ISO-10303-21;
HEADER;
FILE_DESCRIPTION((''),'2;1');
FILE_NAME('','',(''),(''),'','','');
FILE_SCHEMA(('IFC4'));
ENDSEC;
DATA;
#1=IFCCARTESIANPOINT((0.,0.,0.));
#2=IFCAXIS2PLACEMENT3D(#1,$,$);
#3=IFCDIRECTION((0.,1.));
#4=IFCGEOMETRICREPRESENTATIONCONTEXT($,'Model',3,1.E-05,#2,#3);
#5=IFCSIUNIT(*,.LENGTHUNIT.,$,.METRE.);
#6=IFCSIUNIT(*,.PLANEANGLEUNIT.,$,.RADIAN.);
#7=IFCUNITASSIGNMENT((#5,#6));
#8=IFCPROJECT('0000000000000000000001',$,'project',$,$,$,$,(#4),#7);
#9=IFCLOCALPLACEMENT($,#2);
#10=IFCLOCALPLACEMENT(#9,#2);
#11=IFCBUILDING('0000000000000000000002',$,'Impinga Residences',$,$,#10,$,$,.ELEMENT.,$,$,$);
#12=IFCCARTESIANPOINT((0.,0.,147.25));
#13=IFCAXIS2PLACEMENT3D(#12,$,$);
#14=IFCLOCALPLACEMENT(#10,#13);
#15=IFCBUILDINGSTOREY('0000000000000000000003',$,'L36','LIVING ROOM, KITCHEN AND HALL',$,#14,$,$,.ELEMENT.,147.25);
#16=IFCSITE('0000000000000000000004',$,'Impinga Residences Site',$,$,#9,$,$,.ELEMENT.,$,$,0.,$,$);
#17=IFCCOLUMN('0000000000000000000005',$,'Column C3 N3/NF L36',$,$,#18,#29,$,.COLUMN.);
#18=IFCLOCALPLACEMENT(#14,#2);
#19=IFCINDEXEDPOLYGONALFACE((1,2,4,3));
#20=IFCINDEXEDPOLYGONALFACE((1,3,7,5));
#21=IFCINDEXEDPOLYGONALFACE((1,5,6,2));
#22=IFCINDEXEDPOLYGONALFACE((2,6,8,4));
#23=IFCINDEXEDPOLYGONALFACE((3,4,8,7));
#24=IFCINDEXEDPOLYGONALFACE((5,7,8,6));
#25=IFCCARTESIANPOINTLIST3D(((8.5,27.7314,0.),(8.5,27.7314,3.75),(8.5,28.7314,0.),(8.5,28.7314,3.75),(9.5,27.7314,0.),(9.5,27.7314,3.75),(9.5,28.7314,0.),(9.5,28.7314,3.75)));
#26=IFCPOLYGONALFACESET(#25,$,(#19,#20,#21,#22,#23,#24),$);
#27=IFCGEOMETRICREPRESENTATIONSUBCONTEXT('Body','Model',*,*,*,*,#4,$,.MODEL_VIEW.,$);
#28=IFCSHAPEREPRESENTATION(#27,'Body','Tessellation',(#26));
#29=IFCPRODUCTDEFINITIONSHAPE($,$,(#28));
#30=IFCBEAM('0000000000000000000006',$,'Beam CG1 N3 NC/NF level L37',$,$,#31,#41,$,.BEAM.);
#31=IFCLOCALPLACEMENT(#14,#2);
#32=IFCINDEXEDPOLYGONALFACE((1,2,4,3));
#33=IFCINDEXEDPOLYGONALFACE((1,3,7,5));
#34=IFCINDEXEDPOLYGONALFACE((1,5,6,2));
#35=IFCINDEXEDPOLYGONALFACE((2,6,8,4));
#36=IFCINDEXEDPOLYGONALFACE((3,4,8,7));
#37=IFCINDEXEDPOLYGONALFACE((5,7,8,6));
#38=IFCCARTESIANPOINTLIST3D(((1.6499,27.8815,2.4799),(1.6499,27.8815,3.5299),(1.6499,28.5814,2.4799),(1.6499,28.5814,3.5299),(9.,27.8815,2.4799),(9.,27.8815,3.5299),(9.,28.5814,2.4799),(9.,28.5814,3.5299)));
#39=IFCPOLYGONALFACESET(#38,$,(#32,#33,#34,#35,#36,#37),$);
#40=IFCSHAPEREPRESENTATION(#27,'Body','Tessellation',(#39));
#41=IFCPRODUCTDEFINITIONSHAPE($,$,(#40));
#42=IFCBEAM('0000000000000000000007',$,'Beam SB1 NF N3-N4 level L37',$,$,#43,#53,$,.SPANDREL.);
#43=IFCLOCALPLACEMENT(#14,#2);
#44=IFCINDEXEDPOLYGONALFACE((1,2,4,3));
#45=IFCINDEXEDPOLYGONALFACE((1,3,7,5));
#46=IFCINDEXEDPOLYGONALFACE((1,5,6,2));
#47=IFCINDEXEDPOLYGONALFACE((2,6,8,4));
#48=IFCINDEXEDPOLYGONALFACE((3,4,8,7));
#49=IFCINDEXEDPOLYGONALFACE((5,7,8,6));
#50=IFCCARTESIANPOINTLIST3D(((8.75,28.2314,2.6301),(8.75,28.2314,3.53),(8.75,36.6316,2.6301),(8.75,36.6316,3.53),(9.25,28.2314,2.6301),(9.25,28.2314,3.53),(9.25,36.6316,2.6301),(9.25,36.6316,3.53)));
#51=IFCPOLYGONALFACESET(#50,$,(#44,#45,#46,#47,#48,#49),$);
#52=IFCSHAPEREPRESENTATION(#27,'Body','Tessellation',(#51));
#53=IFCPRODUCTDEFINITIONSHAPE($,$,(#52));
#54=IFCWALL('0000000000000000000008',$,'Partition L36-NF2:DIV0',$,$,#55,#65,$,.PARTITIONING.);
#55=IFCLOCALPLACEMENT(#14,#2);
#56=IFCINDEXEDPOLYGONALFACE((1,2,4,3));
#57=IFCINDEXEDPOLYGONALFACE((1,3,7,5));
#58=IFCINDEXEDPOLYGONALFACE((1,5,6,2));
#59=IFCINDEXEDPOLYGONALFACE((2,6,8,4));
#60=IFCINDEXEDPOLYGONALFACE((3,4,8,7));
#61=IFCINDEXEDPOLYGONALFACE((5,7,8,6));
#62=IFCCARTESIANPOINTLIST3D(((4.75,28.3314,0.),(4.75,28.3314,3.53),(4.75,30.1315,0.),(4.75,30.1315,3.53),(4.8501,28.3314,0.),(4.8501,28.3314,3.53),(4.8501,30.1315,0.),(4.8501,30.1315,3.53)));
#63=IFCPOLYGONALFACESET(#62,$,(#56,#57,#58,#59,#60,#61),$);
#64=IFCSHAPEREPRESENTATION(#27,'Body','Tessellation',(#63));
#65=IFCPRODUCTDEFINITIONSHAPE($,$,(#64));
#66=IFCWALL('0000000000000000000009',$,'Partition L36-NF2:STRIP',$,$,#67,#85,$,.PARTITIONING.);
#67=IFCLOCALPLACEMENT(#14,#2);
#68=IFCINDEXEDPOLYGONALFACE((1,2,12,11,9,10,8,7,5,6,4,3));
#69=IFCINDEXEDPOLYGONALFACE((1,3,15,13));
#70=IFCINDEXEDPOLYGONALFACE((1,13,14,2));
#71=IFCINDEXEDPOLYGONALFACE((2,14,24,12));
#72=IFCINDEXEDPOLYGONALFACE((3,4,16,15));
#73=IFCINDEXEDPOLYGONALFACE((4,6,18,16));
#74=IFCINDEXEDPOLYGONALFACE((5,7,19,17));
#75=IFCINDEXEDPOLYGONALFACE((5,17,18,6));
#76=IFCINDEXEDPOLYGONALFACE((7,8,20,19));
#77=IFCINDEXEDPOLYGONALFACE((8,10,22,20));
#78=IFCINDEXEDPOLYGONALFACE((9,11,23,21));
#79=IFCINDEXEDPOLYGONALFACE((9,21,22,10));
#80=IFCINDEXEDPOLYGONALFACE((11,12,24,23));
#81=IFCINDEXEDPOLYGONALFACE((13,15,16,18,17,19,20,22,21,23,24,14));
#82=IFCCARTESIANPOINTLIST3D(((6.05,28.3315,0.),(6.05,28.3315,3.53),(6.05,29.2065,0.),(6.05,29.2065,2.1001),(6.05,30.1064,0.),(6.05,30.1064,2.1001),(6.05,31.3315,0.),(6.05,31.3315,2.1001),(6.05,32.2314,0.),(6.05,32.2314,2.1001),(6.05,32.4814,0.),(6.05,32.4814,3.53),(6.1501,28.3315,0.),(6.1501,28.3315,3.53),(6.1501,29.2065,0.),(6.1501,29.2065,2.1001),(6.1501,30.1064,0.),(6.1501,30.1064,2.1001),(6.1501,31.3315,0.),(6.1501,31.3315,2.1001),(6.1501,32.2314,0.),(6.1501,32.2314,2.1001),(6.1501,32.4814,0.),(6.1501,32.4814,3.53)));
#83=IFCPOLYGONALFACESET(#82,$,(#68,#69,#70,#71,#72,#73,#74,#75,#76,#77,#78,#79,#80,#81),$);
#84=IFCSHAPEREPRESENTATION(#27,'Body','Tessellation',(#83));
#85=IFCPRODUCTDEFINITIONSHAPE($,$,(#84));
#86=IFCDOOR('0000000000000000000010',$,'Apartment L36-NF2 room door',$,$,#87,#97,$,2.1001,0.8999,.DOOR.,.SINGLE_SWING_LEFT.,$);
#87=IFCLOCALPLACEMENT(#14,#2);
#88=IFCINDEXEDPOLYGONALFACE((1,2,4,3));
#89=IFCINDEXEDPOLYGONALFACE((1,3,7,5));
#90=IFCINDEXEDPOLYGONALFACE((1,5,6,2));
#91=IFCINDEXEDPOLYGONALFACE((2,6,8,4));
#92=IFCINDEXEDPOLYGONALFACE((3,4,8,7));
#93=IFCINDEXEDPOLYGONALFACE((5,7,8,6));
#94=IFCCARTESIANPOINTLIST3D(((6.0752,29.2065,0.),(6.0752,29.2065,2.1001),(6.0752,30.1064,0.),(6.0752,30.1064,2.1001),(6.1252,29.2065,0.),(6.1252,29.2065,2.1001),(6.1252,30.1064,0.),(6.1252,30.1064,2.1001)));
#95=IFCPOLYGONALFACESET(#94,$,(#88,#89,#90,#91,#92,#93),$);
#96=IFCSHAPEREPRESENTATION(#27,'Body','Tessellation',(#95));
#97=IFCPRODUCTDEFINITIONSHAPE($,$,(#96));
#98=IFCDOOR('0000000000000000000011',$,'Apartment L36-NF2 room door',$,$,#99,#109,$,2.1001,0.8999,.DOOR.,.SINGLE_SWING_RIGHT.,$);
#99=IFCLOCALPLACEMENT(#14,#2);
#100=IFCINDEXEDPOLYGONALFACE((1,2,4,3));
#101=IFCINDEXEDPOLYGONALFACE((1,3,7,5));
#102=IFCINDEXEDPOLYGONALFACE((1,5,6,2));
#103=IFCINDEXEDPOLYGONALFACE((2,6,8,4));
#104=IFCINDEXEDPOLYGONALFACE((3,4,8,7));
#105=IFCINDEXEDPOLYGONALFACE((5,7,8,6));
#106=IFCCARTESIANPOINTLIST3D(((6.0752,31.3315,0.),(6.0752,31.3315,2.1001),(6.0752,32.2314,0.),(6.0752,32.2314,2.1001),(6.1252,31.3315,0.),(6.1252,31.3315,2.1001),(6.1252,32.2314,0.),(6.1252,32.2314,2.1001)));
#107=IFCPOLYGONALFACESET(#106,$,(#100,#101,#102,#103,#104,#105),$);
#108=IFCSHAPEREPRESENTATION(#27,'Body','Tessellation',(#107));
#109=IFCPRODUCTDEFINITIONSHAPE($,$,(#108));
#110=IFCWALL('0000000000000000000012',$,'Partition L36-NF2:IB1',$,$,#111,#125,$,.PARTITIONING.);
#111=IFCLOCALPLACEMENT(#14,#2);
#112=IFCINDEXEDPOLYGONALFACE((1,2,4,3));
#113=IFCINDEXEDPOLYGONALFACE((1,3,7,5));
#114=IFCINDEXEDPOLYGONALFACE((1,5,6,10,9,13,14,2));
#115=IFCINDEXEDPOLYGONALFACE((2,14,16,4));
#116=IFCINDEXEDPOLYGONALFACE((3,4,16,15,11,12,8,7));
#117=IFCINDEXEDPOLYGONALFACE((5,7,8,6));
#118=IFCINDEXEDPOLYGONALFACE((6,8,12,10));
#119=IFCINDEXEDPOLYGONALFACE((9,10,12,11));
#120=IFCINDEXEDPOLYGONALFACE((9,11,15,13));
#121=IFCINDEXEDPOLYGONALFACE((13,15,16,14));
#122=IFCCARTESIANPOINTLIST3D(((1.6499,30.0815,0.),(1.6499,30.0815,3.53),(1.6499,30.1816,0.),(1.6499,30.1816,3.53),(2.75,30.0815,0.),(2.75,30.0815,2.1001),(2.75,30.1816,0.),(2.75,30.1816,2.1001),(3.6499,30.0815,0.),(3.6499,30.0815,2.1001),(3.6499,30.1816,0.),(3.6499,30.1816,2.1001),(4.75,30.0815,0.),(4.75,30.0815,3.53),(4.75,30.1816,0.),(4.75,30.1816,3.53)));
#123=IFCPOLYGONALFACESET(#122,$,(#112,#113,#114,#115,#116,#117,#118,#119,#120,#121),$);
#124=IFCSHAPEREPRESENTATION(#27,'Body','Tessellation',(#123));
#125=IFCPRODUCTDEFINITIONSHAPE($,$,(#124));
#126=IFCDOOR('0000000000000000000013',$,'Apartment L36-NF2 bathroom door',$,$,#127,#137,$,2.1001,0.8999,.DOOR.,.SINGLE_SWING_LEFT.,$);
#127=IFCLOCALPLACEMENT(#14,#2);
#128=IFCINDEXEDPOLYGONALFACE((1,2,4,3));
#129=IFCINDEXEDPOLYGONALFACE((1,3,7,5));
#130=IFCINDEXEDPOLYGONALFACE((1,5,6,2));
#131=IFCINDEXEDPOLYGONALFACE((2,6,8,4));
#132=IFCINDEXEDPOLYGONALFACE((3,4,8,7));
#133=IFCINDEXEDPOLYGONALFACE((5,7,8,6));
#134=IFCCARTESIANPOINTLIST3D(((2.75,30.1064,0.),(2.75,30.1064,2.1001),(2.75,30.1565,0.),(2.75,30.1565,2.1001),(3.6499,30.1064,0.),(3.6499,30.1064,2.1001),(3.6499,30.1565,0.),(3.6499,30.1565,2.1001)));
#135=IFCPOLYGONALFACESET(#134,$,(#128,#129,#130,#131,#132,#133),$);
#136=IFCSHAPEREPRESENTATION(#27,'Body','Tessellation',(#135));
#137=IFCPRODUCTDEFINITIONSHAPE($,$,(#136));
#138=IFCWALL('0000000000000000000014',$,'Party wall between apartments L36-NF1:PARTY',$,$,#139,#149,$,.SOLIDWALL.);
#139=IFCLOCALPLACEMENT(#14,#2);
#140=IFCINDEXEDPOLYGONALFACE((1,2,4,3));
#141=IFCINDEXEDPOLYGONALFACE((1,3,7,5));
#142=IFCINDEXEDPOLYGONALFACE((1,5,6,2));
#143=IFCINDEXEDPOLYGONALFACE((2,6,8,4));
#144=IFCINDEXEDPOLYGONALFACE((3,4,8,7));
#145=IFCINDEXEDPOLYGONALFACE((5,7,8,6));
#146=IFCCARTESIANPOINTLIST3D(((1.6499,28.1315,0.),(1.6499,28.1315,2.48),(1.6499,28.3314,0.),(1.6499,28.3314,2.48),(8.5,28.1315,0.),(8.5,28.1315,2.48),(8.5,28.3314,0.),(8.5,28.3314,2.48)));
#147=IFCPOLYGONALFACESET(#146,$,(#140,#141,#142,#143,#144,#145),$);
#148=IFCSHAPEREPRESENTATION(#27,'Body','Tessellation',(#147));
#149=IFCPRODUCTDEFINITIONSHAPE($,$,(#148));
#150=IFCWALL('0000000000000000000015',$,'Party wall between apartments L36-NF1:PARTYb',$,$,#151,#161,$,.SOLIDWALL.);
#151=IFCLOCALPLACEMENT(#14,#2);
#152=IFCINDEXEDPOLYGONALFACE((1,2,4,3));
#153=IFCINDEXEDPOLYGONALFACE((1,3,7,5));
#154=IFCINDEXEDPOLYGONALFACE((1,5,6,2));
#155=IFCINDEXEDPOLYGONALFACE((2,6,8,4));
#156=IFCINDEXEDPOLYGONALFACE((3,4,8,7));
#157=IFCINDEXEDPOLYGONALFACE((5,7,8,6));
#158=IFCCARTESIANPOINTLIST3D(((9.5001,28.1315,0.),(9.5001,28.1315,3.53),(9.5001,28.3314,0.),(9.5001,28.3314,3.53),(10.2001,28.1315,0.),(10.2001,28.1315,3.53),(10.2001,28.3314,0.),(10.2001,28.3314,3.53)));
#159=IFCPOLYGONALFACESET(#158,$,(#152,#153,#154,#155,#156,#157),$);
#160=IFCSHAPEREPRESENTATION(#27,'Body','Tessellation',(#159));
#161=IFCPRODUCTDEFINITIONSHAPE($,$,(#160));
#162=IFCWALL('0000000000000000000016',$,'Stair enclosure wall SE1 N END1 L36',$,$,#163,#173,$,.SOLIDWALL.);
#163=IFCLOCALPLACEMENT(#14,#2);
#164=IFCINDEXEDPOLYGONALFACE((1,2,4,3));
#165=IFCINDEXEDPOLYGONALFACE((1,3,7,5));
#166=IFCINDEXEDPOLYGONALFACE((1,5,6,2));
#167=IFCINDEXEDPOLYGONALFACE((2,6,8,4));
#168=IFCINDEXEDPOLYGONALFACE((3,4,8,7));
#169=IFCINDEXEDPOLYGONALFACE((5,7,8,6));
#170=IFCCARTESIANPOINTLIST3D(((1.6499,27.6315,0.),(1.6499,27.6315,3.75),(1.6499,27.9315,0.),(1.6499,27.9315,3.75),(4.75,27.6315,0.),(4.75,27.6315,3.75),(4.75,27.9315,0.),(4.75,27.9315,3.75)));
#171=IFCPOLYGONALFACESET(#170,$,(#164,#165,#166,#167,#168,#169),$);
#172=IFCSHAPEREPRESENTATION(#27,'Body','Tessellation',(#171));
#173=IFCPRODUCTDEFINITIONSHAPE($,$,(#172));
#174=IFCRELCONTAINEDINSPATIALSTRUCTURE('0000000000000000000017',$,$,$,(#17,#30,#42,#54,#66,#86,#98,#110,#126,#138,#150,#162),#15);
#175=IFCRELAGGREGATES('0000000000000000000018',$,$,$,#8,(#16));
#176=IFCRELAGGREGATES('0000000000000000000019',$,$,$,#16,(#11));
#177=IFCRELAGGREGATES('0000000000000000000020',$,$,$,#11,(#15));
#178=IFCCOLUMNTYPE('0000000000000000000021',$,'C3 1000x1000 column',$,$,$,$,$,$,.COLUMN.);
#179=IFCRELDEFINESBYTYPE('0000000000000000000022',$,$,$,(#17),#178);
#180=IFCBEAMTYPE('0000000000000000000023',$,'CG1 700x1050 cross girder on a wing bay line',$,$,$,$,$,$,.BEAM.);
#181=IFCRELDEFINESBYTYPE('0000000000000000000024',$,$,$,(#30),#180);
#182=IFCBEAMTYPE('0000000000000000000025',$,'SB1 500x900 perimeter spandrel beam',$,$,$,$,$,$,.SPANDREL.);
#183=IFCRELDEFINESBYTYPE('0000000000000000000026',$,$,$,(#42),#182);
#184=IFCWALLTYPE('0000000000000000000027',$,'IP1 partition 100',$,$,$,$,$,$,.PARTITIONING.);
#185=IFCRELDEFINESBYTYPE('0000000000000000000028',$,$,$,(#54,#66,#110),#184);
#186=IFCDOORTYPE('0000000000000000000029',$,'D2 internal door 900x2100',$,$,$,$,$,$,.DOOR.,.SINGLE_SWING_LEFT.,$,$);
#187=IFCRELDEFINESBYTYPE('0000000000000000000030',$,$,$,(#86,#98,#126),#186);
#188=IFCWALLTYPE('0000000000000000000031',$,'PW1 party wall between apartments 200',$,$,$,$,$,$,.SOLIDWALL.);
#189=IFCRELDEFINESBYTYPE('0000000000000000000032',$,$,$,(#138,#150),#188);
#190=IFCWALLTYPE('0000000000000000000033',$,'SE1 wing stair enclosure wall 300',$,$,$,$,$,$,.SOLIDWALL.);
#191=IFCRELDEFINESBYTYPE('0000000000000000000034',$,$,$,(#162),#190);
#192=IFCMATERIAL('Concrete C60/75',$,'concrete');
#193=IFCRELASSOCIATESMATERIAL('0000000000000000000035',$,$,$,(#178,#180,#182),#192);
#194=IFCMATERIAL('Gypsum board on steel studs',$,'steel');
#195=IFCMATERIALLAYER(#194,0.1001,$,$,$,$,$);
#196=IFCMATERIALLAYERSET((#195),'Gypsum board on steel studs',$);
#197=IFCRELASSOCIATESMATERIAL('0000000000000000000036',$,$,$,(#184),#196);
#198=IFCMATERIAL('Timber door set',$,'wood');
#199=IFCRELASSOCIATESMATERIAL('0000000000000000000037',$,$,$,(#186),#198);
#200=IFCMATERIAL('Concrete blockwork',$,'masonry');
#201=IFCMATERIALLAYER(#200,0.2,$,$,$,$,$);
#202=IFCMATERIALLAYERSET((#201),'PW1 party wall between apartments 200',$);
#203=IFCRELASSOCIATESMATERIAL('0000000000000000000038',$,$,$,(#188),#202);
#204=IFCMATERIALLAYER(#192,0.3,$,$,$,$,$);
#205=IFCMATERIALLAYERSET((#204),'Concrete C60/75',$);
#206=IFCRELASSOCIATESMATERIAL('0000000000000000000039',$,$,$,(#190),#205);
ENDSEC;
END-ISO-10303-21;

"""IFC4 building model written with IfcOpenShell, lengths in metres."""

from ifc_helpers import new_model, si_unit, direction, frame, frame_2d, origin, origin_2d, place, context, subcontext, project, spatial, rectangle, extrude, material, layer, layer_set, material_profile, profile_set, type_object, element, fill, save


model = new_model("IFC4")

# Units and contexts
model_context = context("Model", 3, precision=1e-05, world=origin(), true_north=direction((0.0, 1.0)))
body_context = subcontext(model_context, "Body", "Model", "MODEL_VIEW")
ifc_project = project(units=[si_unit("LENGTHUNIT", "METRE"), si_unit("PLANEANGLEUNIT", "RADIAN")], contexts=[model_context])

# Site, building, storey
site_placement = place(None, origin())
site = spatial("IfcSite", under=ifc_project, at=site_placement, Name="Impinga Residences Site", CompositionType="ELEMENT", RefElevation=0.0)
building_placement = place(site_placement, origin())
building = spatial("IfcBuilding", under=site, at=building_placement, Name="Impinga Residences", CompositionType="ELEMENT")
storey_placement = place(building_placement, frame((0.0, 0.0, 147.25)))
storey = spatial("IfcBuildingStorey", under=building, at=storey_placement, Name="L36", Description="LIVING ROOM, KITCHEN AND HALL", CompositionType="ELEMENT", Elevation=147.25)

# Column
ifc_material_1 = material(Name="Concrete C60/75", Category="concrete")
ifc_material_profile_1 = material_profile(ifc_material_1, rectangle(XDim=1.0, YDim=1.0, at=origin_2d()), Name="RC 1000x1000")
ifc_profile_set_1 = profile_set([ifc_material_profile_1], Name="Concrete C60/75")
column_type = type_object("IfcColumnType", Name="C3 1000x1000 column", PredefinedType="COLUMN", material=ifc_profile_set_1)
column_placement = place(storey_placement, frame((9.0, 28.2314, 0.0), z_axis=(0.0, 0.0, 1.0), x_axis=(1.0, 0.0, 0.0)))
element("IfcColumn", 1, at=column_placement, inside=storey, type_object=column_type, Name="Column C3 N3/NF L36", PredefinedType="COLUMN", context=body_context, shape_type="SweptSolid", body=[
    extrude(rectangle(XDim=1.0, YDim=1.0, at=origin_2d()), origin(), (0.0, 0.0, 1.0), 3.75),
])

# Beams
ifc_material_profile_2 = material_profile(ifc_material_1, rectangle(XDim=0.7, YDim=1.05, at=origin_2d()), Name="RC 700x1050")
ifc_profile_set_2 = profile_set([ifc_material_profile_2], Name="Concrete C60/75")
beam_type_1 = type_object("IfcBeamType", Name="CG1 700x1050 cross girder on a wing bay line", PredefinedType="BEAM", material=ifc_profile_set_2)
beam_1_placement = place(storey_placement, frame((1.6499, 28.2314, 3.0049), z_axis=(1.0, 0.0, 0.0), x_axis=(0.0, 1.0, 0.0)))
element("IfcBeam", 2, at=beam_1_placement, inside=storey, type_object=beam_type_1, Name="Beam CG1 N3 NC/NF level L37", PredefinedType="BEAM", context=body_context, shape_type="SweptSolid", body=[
    extrude(rectangle(XDim=0.7, YDim=1.05, at=origin_2d()), origin(), (0.0, 0.0, 1.0), 7.3501),
])
ifc_material_profile_3 = material_profile(ifc_material_1, rectangle(XDim=0.5, YDim=0.8999, at=origin_2d()), Name="RC 500x900")
ifc_profile_set_3 = profile_set([ifc_material_profile_3], Name="Concrete C60/75")
beam_type_2 = type_object("IfcBeamType", Name="SB1 500x900 perimeter spandrel beam", PredefinedType="SPANDREL", material=ifc_profile_set_3)
beam_2_placement = place(storey_placement, frame((9.0, 28.2314, 3.0801), z_axis=(0.0, 1.0, 0.0), x_axis=(-1.0, 0.0, 0.0)))
element("IfcBeam", 3, at=beam_2_placement, inside=storey, type_object=beam_type_2, Name="Beam SB1 NF N3-N4 level L37", PredefinedType="SPANDREL", context=body_context, shape_type="SweptSolid", body=[
    extrude(rectangle(XDim=0.5, YDim=0.8999, at=origin_2d()), origin(), (0.0, 0.0, 1.0), 8.4001),
])

# Wall
ifc_material_2 = material(Name="Gypsum board on steel studs", Category="steel")
ifc_layer_1 = layer(ifc_material_2, 0.1001)
ifc_layer_set_1 = layer_set([ifc_layer_1], Name="Gypsum board on steel studs")
wall_type_1 = type_object("IfcWallType", Name="IP1 partition 100", PredefinedType="PARTITIONING", material=ifc_layer_set_1)
wall_1_placement = place(storey_placement, frame((4.8, 28.3315, 0.0), z_axis=(0.0, 0.0, 1.0), x_axis=(0.0, 1.0, 0.0)))
element("IfcWall", 4, at=wall_1_placement, inside=storey, type_object=wall_type_1, Name="Partition L36-NF2:DIV0", PredefinedType="PARTITIONING", context=body_context, shape_type="SweptSolid", body=[
    extrude(rectangle(XDim=1.8, YDim=0.1001, at=frame_2d((0.8999, 0.0))), origin(), (0.0, 0.0, 1.0), 3.53),
])

# Wall, openings, doors
wall_2_placement = place(storey_placement, frame((6.1001, 28.3315, 0.0), z_axis=(0.0, 0.0, 1.0), x_axis=(0.0, 1.0, 0.0)))
wall_2 = element("IfcWall", 5, at=wall_2_placement, inside=storey, type_object=wall_type_1, Name="Partition L36-NF2:STRIP", PredefinedType="PARTITIONING", context=body_context, shape_type="SweptSolid", body=[
    extrude(rectangle(XDim=4.1499, YDim=0.1001, at=frame_2d((2.075, 0.0))), origin(), (0.0, 0.0, 1.0), 3.53),
])
opening_1_placement = place(wall_2_placement, frame((0.875, 0.0, 0.0)))
opening_1 = element("IfcOpeningElement", 6, at=opening_1_placement, cuts=wall_2, PredefinedType="OPENING", context=body_context, shape_type="SweptSolid", body=[
    extrude(rectangle(XDim=0.8999, YDim=2.1001, at=frame_2d((0.45, 1.05))), frame((0.0, 0.0601, 0.0), z_axis=(0.0, -1.0, 0.0), x_axis=(1.0, 0.0, 0.0)), (0.0, 0.0, 1.0), 0.1201),
])
opening_2_placement = place(wall_2_placement, frame((3.0, 0.0, 0.0)))
opening_2 = element("IfcOpeningElement", 7, at=opening_2_placement, cuts=wall_2, PredefinedType="OPENING", context=body_context, shape_type="SweptSolid", body=[
    extrude(rectangle(XDim=0.8999, YDim=2.1001, at=frame_2d((0.45, 1.05))), frame((0.0, 0.0601, 0.0), z_axis=(0.0, -1.0, 0.0), x_axis=(1.0, 0.0, 0.0)), (0.0, 0.0, 1.0), 0.1201),
])
ifc_material_3 = material(Name="Timber door set", Category="wood")
door_type = type_object("IfcDoorType", Name="D2 internal door 900x2100", OperationType="SINGLE_SWING_LEFT", PredefinedType="DOOR", material=ifc_material_3)
door_1_placement = place(opening_1_placement, origin())
door_1 = element("IfcDoor", 8, at=door_1_placement, inside=storey, type_object=door_type, Name="Apartment L36-NF2 room door", OperationType="SINGLE_SWING_LEFT", OverallHeight=2.1001, OverallWidth=0.8999, PredefinedType="DOOR", context=body_context, shape_type="SweptSolid", body=[
    extrude(rectangle(XDim=0.8999, YDim=2.1001, at=frame_2d((0.45, 1.05))), frame((0.0, 0.0249, 0.0), z_axis=(0.0, -1.0, 0.0), x_axis=(1.0, 0.0, 0.0)), (0.0, 0.0, 1.0), 0.05),
])
fill(opening_1, door_1)
door_2_placement = place(opening_2_placement, origin())
door_2 = element("IfcDoor", 9, at=door_2_placement, inside=storey, type_object=door_type, Name="Apartment L36-NF2 room door", OperationType="SINGLE_SWING_RIGHT", OverallHeight=2.1001, OverallWidth=0.8999, PredefinedType="DOOR", context=body_context, shape_type="SweptSolid", body=[
    extrude(rectangle(XDim=0.8999, YDim=2.1001, at=frame_2d((0.45, 1.05))), frame((0.0, 0.0249, 0.0), z_axis=(0.0, -1.0, 0.0), x_axis=(1.0, 0.0, 0.0)), (0.0, 0.0, 1.0), 0.05),
])
fill(opening_2, door_2)

# Wall, opening, door
wall_3_placement = place(storey_placement, frame((1.6499, 30.1316, 0.0), z_axis=(0.0, 0.0, 1.0), x_axis=(1.0, 0.0, 0.0)))
wall_3 = element("IfcWall", 10, at=wall_3_placement, inside=storey, type_object=wall_type_1, Name="Partition L36-NF2:IB1", PredefinedType="PARTITIONING", context=body_context, shape_type="SweptSolid", body=[
    extrude(rectangle(XDim=3.1001, YDim=0.1001, at=frame_2d((1.55, 0.0))), origin(), (0.0, 0.0, 1.0), 3.53),
])
opening_3_placement = place(wall_3_placement, frame((1.1001, 0.0, 0.0)))
opening_3 = element("IfcOpeningElement", 11, at=opening_3_placement, cuts=wall_3, PredefinedType="OPENING", context=body_context, shape_type="SweptSolid", body=[
    extrude(rectangle(XDim=0.8999, YDim=2.1001, at=frame_2d((0.45, 1.05))), frame((0.0, 0.0601, 0.0), z_axis=(0.0, -1.0, 0.0), x_axis=(1.0, 0.0, 0.0)), (0.0, 0.0, 1.0), 0.1201),
])
door_3_placement = place(opening_3_placement, origin())
door_3 = element("IfcDoor", 12, at=door_3_placement, inside=storey, type_object=door_type, Name="Apartment L36-NF2 bathroom door", OperationType="SINGLE_SWING_LEFT", OverallHeight=2.1001, OverallWidth=0.8999, PredefinedType="DOOR", context=body_context, shape_type="SweptSolid", body=[
    extrude(rectangle(XDim=0.8999, YDim=2.1001, at=frame_2d((0.45, 1.05))), frame((0.0, 0.0249, 0.0), z_axis=(0.0, -1.0, 0.0), x_axis=(1.0, 0.0, 0.0)), (0.0, 0.0, 1.0), 0.05),
])
fill(opening_3, door_3)

# Walls
ifc_material_4 = material(Name="Concrete blockwork", Category="masonry")
ifc_layer_2 = layer(ifc_material_4, 0.2)
ifc_layer_set_2 = layer_set([ifc_layer_2], Name="PW1 party wall between apartments 200")
wall_type_2 = type_object("IfcWallType", Name="PW1 party wall between apartments 200", PredefinedType="SOLIDWALL", material=ifc_layer_set_2)
wall_4_placement = place(storey_placement, frame((1.6499, 28.2314, 0.0), z_axis=(0.0, 0.0, 1.0), x_axis=(1.0, 0.0, 0.0)))
element("IfcWall", 13, at=wall_4_placement, inside=storey, type_object=wall_type_2, Name="Party wall between apartments L36-NF1:PARTY", PredefinedType="SOLIDWALL", context=body_context, shape_type="SweptSolid", body=[
    extrude(rectangle(XDim=6.8501, YDim=0.2, at=frame_2d((3.425, 0.0))), origin(), (0.0, 0.0, 1.0), 2.48),
])
wall_5_placement = place(storey_placement, frame((9.5, 28.2314, 0.0), z_axis=(0.0, 0.0, 1.0), x_axis=(1.0, 0.0, 0.0)))
element("IfcWall", 14, at=wall_5_placement, inside=storey, type_object=wall_type_2, Name="Party wall between apartments L36-NF1:PARTYb", PredefinedType="SOLIDWALL", context=body_context, shape_type="SweptSolid", body=[
    extrude(rectangle(XDim=0.7, YDim=0.2, at=frame_2d((0.3501, 0.0))), origin(), (0.0, 0.0, 1.0), 3.53),
])
ifc_layer_3 = layer(ifc_material_1, 0.3)
ifc_layer_set_3 = layer_set([ifc_layer_3], Name="Concrete C60/75")
wall_type_3 = type_object("IfcWallType", Name="SE1 wing stair enclosure wall 300", PredefinedType="SOLIDWALL", material=ifc_layer_set_3)
wall_6_placement = place(storey_placement, frame((1.6499, 27.7815, 0.0), z_axis=(0.0, 0.0, 1.0), x_axis=(1.0, 0.0, 0.0)))
element("IfcWall", 15, at=wall_6_placement, inside=storey, type_object=wall_type_3, Name="Stair enclosure wall SE1 N END1 L36", PredefinedType="SOLIDWALL", context=body_context, shape_type="SweptSolid", body=[
    extrude(rectangle(XDim=3.1001, YDim=0.3, at=frame_2d((1.55, 0.0))), origin(), (0.0, 0.0, 1.0), 3.75),
])

save(model, "model.ifc")
